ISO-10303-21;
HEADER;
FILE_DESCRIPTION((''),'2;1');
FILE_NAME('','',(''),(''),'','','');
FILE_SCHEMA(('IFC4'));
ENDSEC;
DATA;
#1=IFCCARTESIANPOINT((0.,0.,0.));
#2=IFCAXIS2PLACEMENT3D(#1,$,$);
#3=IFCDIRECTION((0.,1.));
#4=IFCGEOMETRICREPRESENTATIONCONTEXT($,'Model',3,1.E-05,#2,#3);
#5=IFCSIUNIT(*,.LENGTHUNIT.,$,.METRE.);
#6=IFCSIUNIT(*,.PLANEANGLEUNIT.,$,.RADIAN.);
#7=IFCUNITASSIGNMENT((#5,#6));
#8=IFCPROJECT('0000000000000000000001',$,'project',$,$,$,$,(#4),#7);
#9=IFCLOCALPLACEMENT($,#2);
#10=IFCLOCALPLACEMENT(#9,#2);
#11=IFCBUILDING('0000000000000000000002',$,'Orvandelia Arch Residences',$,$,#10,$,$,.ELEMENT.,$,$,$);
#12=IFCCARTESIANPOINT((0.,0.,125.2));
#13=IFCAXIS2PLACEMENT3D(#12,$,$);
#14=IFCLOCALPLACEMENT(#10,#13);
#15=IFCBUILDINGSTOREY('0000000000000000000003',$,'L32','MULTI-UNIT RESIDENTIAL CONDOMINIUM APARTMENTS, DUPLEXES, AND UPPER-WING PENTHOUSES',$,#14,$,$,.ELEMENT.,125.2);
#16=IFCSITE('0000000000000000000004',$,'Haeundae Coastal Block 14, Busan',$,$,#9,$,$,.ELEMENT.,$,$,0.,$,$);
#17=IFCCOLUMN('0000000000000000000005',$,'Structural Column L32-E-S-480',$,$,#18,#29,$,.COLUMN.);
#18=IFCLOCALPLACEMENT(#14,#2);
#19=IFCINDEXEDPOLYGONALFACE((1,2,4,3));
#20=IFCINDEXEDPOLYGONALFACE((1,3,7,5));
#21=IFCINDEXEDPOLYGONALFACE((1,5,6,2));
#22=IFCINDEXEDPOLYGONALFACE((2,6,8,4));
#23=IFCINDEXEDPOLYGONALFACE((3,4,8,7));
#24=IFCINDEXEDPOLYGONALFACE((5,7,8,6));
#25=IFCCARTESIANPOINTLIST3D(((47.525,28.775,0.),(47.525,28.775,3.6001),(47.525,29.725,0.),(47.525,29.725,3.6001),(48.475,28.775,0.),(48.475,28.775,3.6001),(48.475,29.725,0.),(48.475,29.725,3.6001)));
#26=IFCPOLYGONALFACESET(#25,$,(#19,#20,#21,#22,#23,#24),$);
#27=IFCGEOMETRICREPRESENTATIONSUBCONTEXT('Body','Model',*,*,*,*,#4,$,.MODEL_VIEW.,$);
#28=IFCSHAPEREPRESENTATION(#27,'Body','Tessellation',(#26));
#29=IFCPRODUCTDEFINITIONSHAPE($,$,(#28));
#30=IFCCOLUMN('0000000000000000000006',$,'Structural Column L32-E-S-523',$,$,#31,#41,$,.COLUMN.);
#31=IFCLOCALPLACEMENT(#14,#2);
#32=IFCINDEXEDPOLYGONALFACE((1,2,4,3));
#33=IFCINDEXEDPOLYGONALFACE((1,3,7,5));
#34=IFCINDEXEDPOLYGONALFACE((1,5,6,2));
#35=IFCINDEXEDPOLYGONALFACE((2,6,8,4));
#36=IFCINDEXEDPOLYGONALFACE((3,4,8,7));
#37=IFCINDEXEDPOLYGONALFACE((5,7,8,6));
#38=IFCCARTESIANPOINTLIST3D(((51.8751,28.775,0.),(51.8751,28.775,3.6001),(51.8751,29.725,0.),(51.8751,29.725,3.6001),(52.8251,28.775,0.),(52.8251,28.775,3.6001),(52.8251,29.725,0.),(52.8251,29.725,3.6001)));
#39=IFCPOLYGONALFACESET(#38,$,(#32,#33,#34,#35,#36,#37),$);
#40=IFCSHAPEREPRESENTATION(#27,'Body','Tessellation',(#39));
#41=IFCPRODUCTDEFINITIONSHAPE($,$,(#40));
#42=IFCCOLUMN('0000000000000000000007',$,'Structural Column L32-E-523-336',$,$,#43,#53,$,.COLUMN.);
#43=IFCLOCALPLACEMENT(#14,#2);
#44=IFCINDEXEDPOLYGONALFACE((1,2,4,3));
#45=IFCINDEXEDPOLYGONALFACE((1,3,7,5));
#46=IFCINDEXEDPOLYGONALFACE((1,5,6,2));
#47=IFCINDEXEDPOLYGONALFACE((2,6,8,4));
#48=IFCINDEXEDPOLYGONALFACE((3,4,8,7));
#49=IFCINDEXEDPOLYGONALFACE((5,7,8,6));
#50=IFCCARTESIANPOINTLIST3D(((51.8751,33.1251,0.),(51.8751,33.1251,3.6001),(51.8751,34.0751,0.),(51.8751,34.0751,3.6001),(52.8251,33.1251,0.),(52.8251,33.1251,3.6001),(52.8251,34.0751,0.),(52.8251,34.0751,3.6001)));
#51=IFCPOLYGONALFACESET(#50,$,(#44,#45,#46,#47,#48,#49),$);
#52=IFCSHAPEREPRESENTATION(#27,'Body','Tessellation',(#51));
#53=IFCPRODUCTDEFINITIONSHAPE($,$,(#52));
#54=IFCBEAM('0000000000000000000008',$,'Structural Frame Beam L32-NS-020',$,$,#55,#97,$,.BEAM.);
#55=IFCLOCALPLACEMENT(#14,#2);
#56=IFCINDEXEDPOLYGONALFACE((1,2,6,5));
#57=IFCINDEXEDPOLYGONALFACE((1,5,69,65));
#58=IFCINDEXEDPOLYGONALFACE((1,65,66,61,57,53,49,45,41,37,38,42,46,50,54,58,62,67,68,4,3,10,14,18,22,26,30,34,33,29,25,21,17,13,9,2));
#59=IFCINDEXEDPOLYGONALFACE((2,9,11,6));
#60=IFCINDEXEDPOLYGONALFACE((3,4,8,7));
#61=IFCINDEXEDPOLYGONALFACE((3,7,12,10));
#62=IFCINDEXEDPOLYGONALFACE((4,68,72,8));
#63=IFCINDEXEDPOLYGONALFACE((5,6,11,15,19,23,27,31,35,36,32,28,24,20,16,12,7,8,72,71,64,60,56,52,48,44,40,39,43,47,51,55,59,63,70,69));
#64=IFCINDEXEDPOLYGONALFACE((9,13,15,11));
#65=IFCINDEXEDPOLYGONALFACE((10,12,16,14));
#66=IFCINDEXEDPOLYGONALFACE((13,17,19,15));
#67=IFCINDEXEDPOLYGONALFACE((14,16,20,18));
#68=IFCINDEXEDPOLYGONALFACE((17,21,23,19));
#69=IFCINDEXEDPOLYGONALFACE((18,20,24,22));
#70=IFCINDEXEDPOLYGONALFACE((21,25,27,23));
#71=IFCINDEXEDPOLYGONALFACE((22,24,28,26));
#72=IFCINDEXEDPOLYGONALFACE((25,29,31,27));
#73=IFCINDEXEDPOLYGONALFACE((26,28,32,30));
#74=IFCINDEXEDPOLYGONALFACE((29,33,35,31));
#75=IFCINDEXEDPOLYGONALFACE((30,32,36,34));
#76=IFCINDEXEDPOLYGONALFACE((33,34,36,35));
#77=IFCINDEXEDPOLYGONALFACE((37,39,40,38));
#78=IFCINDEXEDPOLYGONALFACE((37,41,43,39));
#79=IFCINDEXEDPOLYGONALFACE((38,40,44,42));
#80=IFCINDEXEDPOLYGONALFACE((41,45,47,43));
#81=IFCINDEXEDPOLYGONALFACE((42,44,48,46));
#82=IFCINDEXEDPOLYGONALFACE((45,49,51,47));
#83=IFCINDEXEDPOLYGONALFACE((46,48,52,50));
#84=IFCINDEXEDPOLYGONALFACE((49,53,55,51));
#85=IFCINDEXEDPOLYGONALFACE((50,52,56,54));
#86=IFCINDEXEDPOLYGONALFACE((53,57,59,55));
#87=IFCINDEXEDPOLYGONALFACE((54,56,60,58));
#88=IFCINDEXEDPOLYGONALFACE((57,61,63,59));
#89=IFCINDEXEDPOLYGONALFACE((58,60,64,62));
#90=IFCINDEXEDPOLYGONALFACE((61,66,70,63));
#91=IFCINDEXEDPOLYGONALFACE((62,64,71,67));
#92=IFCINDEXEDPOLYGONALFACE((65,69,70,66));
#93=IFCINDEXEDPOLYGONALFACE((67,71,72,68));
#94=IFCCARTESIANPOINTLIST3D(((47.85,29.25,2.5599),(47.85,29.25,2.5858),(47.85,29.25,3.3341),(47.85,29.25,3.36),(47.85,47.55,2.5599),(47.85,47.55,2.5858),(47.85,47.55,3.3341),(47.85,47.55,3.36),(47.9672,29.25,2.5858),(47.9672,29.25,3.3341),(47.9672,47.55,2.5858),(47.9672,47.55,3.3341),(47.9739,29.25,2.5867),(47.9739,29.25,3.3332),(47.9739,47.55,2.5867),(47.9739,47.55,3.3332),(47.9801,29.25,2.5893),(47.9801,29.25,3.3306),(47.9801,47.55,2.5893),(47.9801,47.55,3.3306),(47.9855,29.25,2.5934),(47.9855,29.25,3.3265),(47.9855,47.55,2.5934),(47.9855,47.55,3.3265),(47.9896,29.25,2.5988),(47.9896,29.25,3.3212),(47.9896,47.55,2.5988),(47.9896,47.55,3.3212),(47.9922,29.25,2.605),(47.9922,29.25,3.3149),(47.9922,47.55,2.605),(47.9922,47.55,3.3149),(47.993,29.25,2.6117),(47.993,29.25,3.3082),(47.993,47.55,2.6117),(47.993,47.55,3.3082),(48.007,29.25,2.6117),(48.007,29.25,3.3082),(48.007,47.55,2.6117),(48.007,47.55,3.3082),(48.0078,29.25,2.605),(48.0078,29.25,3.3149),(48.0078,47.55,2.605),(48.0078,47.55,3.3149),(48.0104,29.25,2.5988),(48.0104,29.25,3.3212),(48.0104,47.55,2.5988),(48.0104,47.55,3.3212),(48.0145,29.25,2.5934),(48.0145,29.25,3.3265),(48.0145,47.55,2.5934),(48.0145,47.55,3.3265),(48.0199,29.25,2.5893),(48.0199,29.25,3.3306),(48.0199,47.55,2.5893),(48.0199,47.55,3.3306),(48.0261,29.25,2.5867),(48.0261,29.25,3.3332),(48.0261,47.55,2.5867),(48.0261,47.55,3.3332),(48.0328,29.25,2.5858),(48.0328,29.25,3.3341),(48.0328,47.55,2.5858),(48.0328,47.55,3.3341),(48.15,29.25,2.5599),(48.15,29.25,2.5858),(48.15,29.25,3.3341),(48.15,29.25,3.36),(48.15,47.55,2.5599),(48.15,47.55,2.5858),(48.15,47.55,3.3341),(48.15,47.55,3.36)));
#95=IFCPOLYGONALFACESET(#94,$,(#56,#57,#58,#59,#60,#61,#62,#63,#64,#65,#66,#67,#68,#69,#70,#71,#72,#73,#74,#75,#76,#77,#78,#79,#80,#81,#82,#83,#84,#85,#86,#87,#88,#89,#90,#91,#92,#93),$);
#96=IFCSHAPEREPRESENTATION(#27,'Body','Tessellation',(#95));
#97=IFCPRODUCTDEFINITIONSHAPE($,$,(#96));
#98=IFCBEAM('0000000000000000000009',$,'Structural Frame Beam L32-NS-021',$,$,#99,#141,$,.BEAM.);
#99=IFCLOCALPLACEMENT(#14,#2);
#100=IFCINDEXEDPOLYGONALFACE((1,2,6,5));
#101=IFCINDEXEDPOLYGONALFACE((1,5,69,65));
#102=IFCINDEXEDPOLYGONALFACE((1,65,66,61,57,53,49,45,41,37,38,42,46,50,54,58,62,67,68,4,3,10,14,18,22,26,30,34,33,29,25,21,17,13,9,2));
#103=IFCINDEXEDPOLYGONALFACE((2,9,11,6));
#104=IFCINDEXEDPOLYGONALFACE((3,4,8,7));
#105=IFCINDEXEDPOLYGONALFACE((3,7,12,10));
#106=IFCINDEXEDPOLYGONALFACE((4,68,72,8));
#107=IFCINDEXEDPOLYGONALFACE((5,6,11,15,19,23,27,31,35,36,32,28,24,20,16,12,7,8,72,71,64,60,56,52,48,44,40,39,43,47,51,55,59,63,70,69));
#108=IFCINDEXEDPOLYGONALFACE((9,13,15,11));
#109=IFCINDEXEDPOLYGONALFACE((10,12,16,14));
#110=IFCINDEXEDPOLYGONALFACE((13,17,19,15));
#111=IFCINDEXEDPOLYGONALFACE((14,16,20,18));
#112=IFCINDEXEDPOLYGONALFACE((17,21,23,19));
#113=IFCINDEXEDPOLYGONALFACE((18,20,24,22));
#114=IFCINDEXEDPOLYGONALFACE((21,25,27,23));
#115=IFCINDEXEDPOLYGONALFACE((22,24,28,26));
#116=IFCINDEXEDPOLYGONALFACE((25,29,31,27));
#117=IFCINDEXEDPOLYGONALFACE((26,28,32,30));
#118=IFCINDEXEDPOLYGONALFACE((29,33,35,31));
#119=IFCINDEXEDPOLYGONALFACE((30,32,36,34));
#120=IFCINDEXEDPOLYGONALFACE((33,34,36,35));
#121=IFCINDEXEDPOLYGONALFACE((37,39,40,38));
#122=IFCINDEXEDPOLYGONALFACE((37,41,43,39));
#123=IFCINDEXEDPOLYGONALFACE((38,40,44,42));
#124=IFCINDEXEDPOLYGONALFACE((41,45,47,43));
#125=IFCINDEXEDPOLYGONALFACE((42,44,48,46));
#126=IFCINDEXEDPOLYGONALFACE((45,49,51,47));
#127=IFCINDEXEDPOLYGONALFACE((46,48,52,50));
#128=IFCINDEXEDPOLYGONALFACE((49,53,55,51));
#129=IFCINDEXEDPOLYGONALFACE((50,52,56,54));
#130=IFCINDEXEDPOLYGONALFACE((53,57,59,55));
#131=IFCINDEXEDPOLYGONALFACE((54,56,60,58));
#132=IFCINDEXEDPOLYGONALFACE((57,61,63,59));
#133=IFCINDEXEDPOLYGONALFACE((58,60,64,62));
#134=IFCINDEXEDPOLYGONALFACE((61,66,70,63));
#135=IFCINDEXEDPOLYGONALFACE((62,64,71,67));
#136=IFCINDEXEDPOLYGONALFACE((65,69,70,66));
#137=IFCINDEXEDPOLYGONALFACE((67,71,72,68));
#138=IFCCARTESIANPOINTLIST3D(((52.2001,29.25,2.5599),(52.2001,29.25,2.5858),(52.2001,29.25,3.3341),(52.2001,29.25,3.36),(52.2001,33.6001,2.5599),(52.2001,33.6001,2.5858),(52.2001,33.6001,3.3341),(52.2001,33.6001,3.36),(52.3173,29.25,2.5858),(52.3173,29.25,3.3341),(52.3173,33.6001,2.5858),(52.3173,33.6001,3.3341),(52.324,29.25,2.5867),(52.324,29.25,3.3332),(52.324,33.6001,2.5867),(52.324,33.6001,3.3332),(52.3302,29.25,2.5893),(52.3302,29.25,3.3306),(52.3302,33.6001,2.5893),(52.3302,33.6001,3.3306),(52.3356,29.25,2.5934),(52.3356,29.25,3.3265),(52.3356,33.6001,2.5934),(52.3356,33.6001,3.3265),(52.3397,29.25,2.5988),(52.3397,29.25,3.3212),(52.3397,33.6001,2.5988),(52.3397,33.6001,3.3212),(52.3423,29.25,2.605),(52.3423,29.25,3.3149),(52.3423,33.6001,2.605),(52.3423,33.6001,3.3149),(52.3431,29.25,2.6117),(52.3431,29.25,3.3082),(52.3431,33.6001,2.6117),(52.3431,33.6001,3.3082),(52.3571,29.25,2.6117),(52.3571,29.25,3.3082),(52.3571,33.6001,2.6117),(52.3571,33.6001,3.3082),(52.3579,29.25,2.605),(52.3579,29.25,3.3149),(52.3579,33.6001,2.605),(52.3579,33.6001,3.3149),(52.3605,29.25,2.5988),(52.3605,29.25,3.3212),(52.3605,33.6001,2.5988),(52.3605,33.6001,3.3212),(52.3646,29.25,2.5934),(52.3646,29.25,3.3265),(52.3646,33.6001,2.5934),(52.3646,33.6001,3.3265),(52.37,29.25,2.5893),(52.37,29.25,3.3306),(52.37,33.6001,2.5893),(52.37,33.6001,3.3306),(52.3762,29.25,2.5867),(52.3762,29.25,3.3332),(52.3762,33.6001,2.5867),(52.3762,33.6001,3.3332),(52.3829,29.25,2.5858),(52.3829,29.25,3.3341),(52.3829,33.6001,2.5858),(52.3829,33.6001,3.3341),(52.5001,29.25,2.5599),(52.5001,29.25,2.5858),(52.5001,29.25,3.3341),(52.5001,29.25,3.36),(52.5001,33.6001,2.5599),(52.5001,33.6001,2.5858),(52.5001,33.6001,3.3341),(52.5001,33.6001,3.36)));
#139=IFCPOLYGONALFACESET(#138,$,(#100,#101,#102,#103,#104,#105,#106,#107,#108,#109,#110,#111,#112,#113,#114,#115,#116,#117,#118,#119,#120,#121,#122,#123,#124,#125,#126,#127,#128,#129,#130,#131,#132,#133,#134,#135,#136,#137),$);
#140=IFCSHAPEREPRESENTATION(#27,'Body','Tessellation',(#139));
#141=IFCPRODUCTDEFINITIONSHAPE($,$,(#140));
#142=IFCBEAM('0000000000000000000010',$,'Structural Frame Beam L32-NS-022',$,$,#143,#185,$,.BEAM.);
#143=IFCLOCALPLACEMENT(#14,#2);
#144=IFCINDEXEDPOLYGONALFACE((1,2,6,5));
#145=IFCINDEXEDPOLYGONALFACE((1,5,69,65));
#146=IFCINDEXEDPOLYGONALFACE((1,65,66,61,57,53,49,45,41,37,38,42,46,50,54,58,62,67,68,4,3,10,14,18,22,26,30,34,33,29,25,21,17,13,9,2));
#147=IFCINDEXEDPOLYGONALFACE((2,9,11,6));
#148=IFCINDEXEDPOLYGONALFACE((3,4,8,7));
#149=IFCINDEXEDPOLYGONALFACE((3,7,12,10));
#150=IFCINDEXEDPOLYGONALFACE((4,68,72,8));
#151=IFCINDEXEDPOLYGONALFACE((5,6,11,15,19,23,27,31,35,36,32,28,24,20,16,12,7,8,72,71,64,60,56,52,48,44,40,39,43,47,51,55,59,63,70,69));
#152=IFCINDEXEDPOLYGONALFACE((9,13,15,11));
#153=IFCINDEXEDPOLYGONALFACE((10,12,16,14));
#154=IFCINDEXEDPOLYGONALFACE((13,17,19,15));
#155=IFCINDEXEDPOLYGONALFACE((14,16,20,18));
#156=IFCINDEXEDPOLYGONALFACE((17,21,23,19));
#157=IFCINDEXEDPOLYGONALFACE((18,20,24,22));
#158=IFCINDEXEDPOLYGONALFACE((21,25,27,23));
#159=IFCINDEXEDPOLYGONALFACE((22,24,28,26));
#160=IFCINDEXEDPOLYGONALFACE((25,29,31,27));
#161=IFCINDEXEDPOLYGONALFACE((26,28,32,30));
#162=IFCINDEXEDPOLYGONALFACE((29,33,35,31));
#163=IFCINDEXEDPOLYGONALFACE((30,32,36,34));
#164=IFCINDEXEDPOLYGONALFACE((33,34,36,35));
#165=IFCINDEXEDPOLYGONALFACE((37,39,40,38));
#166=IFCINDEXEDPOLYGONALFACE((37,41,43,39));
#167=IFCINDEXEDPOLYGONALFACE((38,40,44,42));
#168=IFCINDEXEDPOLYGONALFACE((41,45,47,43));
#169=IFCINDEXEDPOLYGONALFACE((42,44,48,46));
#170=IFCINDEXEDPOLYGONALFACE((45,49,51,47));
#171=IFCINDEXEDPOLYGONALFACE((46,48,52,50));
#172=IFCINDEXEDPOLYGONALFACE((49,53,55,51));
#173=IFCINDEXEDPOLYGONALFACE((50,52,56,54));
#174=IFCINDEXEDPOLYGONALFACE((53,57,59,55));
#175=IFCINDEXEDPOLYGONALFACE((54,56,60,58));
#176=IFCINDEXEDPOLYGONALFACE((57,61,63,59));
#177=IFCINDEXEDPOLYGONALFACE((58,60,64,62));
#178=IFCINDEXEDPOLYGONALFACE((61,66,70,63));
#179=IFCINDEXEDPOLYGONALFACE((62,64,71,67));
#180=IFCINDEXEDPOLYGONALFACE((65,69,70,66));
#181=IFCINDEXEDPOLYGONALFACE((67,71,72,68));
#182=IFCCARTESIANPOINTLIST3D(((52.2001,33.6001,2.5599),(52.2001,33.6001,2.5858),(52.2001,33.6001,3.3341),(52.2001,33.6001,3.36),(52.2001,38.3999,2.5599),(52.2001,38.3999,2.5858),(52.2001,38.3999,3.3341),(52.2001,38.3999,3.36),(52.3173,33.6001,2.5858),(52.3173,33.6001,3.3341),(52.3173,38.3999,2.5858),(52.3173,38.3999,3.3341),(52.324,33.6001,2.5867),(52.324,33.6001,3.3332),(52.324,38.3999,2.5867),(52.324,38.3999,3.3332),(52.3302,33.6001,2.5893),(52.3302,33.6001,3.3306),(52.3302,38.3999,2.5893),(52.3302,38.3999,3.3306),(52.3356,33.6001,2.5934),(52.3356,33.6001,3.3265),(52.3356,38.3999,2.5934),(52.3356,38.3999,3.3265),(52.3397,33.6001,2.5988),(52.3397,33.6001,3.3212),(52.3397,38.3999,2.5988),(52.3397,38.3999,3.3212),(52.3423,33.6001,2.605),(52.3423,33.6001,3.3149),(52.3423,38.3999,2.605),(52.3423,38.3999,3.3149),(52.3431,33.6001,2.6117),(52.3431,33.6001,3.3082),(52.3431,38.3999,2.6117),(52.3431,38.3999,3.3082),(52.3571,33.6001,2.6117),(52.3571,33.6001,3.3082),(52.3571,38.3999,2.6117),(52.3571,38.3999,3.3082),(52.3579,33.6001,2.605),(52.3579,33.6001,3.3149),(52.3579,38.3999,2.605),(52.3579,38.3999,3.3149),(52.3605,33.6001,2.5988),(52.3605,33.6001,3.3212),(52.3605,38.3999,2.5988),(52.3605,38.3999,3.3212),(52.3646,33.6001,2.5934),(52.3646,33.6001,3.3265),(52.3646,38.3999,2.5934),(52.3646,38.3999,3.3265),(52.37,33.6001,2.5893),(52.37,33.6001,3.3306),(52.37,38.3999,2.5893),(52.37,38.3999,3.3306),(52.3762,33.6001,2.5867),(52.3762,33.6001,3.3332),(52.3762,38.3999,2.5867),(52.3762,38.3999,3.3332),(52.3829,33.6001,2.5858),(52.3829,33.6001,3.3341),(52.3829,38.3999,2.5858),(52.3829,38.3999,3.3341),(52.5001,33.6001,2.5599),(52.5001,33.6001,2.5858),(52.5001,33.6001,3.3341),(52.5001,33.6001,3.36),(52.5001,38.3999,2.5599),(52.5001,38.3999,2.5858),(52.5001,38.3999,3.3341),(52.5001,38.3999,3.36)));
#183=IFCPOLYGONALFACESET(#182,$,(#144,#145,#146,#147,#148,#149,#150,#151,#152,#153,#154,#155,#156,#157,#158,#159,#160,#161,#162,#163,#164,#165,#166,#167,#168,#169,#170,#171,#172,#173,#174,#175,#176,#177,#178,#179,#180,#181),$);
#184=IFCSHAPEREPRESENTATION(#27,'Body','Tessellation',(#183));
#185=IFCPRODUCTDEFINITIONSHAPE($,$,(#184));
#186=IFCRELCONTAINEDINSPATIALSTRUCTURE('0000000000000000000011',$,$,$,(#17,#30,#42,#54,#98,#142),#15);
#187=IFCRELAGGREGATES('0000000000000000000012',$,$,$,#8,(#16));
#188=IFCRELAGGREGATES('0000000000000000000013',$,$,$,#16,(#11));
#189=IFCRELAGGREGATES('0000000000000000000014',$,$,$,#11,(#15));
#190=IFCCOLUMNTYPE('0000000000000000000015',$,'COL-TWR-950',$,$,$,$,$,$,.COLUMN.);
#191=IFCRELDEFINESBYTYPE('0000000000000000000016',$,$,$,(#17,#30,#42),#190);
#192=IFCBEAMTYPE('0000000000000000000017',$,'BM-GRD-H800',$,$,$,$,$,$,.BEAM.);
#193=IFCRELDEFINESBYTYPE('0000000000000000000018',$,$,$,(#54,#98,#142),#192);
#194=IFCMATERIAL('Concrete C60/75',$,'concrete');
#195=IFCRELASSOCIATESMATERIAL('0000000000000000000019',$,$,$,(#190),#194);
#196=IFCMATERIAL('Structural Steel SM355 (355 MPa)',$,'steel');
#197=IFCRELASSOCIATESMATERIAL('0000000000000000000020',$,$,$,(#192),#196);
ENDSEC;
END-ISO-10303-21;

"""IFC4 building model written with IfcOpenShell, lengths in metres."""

from ifc_helpers import new_model, si_unit, direction, frame, origin, origin_2d, place, context, subcontext, project, spatial, rectangle, i_section, extrude, material, material_profile, profile_set, type_object, element, save


model = new_model("IFC4")

# Units and contexts
model_context = context("Model", 3, precision=1e-05, world=origin(), true_north=direction((0.0, 1.0)))
body_context = subcontext(model_context, "Body", "Model", "MODEL_VIEW")
ifc_project = project(units=[si_unit("LENGTHUNIT", "METRE"), si_unit("PLANEANGLEUNIT", "RADIAN")], contexts=[model_context])

# Site, building, storey
site_placement = place(None, origin())
site = spatial("IfcSite", under=ifc_project, at=site_placement, Name="Haeundae Coastal Block 14, Busan", CompositionType="ELEMENT", RefElevation=0.0)
building_placement = place(site_placement, origin())
building = spatial("IfcBuilding", under=site, at=building_placement, Name="Orvandelia Arch Residences", CompositionType="ELEMENT")
storey_placement = place(building_placement, frame((0.0, 0.0, 125.2)))
storey = spatial("IfcBuildingStorey", under=building, at=storey_placement, Name="L32", Description="MULTI-UNIT RESIDENTIAL CONDOMINIUM APARTMENTS, DUPLEXES, AND UPPER-WING PENTHOUSES", CompositionType="ELEMENT", Elevation=125.2)

# Columns
ifc_material_1 = material(Name="Concrete C60/75", Category="concrete")
ifc_material_profile_1 = material_profile(ifc_material_1, rectangle(XDim=0.95, YDim=0.95, at=origin_2d()), Name="Concrete C60/75", Category="concrete")
ifc_profile_set_1 = profile_set([ifc_material_profile_1], Name="Concrete C60/75")
column_type = type_object("IfcColumnType", Name="COL-TWR-950", PredefinedType="COLUMN", material=ifc_profile_set_1)
for number, where, z_axis, x_axis, name in (
    (1, (48.0, 29.25, 0.0), (0.0, 0.0, 1.0), (1.0, 0.0, 0.0), "Structural Column L32-E-S-480"),
    (2, (52.3501, 29.25, 0.0), (0.0, 0.0, 1.0), (1.0, 0.0, 0.0), "Structural Column L32-E-S-523"),
    (3, (52.3501, 33.6001, 0.0), (0.0, 0.0, 1.0), (1.0, 0.0, 0.0), "Structural Column L32-E-523-336"),
):
    element("IfcColumn", number, at=place(storey_placement, frame(where, z_axis=z_axis, x_axis=x_axis)), inside=storey, type_object=column_type, Name=name, PredefinedType="COLUMN", context=body_context, shape_type="SweptSolid", body=[
        extrude(rectangle(XDim=0.95, YDim=0.95, at=origin_2d()), origin(), (0.0, 0.0, 1.0), 3.6001),
    ])

# Beams
ifc_material_2 = material(Name="Structural Steel SM355 (355 MPa)", Category="steel")
ifc_material_profile_2 = material_profile(ifc_material_2, i_section(OverallWidth=0.3, OverallDepth=0.8, WebThickness=0.0139, FlangeThickness=0.0259, FilletRadius=0.0259, at=origin_2d()), Name="Structural Steel SM355 (355 MPa)", Category="steel")
ifc_profile_set_2 = profile_set([ifc_material_profile_2], Name="Structural Steel SM355 (355 MPa)")
beam_type = type_object("IfcBeamType", Name="BM-GRD-H800", PredefinedType="BEAM", material=ifc_profile_set_2)
beam_1_placement = place(storey_placement, frame((48.0, 29.25, 2.96), z_axis=(0.0, 1.0, 0.0), x_axis=(-1.0, 0.0, 0.0)))
element("IfcBeam", 4, at=beam_1_placement, inside=storey, type_object=beam_type, Name="Structural Frame Beam L32-NS-020", PredefinedType="BEAM", context=body_context, shape_type="SweptSolid", body=[
    extrude(i_section(OverallWidth=0.3, OverallDepth=0.8, WebThickness=0.0139, FlangeThickness=0.0259, FilletRadius=0.0259, at=origin_2d()), origin(), (0.0, 0.0, 1.0), 18.3),
])
beam_2_placement = place(storey_placement, frame((52.3501, 29.25, 2.96), z_axis=(0.0, 1.0, 0.0), x_axis=(-1.0, 0.0, 0.0)))
element("IfcBeam", 5, at=beam_2_placement, inside=storey, type_object=beam_type, Name="Structural Frame Beam L32-NS-021", PredefinedType="BEAM", context=body_context, shape_type="SweptSolid", body=[
    extrude(i_section(OverallWidth=0.3, OverallDepth=0.8, WebThickness=0.0139, FlangeThickness=0.0259, FilletRadius=0.0259, at=origin_2d()), origin(), (0.0, 0.0, 1.0), 4.3501),
])
beam_3_placement = place(storey_placement, frame((52.3501, 33.6001, 2.96), z_axis=(0.0, 1.0, 0.0), x_axis=(-1.0, 0.0, 0.0)))
element("IfcBeam", 6, at=beam_3_placement, inside=storey, type_object=beam_type, Name="Structural Frame Beam L32-NS-022", PredefinedType="BEAM", context=body_context, shape_type="SweptSolid", body=[
    extrude(i_section(OverallWidth=0.3, OverallDepth=0.8, WebThickness=0.0139, FlangeThickness=0.0259, FilletRadius=0.0259, at=origin_2d()), origin(), (0.0, 0.0, 1.0), 4.7998),
])

save(model, "model.ifc")
